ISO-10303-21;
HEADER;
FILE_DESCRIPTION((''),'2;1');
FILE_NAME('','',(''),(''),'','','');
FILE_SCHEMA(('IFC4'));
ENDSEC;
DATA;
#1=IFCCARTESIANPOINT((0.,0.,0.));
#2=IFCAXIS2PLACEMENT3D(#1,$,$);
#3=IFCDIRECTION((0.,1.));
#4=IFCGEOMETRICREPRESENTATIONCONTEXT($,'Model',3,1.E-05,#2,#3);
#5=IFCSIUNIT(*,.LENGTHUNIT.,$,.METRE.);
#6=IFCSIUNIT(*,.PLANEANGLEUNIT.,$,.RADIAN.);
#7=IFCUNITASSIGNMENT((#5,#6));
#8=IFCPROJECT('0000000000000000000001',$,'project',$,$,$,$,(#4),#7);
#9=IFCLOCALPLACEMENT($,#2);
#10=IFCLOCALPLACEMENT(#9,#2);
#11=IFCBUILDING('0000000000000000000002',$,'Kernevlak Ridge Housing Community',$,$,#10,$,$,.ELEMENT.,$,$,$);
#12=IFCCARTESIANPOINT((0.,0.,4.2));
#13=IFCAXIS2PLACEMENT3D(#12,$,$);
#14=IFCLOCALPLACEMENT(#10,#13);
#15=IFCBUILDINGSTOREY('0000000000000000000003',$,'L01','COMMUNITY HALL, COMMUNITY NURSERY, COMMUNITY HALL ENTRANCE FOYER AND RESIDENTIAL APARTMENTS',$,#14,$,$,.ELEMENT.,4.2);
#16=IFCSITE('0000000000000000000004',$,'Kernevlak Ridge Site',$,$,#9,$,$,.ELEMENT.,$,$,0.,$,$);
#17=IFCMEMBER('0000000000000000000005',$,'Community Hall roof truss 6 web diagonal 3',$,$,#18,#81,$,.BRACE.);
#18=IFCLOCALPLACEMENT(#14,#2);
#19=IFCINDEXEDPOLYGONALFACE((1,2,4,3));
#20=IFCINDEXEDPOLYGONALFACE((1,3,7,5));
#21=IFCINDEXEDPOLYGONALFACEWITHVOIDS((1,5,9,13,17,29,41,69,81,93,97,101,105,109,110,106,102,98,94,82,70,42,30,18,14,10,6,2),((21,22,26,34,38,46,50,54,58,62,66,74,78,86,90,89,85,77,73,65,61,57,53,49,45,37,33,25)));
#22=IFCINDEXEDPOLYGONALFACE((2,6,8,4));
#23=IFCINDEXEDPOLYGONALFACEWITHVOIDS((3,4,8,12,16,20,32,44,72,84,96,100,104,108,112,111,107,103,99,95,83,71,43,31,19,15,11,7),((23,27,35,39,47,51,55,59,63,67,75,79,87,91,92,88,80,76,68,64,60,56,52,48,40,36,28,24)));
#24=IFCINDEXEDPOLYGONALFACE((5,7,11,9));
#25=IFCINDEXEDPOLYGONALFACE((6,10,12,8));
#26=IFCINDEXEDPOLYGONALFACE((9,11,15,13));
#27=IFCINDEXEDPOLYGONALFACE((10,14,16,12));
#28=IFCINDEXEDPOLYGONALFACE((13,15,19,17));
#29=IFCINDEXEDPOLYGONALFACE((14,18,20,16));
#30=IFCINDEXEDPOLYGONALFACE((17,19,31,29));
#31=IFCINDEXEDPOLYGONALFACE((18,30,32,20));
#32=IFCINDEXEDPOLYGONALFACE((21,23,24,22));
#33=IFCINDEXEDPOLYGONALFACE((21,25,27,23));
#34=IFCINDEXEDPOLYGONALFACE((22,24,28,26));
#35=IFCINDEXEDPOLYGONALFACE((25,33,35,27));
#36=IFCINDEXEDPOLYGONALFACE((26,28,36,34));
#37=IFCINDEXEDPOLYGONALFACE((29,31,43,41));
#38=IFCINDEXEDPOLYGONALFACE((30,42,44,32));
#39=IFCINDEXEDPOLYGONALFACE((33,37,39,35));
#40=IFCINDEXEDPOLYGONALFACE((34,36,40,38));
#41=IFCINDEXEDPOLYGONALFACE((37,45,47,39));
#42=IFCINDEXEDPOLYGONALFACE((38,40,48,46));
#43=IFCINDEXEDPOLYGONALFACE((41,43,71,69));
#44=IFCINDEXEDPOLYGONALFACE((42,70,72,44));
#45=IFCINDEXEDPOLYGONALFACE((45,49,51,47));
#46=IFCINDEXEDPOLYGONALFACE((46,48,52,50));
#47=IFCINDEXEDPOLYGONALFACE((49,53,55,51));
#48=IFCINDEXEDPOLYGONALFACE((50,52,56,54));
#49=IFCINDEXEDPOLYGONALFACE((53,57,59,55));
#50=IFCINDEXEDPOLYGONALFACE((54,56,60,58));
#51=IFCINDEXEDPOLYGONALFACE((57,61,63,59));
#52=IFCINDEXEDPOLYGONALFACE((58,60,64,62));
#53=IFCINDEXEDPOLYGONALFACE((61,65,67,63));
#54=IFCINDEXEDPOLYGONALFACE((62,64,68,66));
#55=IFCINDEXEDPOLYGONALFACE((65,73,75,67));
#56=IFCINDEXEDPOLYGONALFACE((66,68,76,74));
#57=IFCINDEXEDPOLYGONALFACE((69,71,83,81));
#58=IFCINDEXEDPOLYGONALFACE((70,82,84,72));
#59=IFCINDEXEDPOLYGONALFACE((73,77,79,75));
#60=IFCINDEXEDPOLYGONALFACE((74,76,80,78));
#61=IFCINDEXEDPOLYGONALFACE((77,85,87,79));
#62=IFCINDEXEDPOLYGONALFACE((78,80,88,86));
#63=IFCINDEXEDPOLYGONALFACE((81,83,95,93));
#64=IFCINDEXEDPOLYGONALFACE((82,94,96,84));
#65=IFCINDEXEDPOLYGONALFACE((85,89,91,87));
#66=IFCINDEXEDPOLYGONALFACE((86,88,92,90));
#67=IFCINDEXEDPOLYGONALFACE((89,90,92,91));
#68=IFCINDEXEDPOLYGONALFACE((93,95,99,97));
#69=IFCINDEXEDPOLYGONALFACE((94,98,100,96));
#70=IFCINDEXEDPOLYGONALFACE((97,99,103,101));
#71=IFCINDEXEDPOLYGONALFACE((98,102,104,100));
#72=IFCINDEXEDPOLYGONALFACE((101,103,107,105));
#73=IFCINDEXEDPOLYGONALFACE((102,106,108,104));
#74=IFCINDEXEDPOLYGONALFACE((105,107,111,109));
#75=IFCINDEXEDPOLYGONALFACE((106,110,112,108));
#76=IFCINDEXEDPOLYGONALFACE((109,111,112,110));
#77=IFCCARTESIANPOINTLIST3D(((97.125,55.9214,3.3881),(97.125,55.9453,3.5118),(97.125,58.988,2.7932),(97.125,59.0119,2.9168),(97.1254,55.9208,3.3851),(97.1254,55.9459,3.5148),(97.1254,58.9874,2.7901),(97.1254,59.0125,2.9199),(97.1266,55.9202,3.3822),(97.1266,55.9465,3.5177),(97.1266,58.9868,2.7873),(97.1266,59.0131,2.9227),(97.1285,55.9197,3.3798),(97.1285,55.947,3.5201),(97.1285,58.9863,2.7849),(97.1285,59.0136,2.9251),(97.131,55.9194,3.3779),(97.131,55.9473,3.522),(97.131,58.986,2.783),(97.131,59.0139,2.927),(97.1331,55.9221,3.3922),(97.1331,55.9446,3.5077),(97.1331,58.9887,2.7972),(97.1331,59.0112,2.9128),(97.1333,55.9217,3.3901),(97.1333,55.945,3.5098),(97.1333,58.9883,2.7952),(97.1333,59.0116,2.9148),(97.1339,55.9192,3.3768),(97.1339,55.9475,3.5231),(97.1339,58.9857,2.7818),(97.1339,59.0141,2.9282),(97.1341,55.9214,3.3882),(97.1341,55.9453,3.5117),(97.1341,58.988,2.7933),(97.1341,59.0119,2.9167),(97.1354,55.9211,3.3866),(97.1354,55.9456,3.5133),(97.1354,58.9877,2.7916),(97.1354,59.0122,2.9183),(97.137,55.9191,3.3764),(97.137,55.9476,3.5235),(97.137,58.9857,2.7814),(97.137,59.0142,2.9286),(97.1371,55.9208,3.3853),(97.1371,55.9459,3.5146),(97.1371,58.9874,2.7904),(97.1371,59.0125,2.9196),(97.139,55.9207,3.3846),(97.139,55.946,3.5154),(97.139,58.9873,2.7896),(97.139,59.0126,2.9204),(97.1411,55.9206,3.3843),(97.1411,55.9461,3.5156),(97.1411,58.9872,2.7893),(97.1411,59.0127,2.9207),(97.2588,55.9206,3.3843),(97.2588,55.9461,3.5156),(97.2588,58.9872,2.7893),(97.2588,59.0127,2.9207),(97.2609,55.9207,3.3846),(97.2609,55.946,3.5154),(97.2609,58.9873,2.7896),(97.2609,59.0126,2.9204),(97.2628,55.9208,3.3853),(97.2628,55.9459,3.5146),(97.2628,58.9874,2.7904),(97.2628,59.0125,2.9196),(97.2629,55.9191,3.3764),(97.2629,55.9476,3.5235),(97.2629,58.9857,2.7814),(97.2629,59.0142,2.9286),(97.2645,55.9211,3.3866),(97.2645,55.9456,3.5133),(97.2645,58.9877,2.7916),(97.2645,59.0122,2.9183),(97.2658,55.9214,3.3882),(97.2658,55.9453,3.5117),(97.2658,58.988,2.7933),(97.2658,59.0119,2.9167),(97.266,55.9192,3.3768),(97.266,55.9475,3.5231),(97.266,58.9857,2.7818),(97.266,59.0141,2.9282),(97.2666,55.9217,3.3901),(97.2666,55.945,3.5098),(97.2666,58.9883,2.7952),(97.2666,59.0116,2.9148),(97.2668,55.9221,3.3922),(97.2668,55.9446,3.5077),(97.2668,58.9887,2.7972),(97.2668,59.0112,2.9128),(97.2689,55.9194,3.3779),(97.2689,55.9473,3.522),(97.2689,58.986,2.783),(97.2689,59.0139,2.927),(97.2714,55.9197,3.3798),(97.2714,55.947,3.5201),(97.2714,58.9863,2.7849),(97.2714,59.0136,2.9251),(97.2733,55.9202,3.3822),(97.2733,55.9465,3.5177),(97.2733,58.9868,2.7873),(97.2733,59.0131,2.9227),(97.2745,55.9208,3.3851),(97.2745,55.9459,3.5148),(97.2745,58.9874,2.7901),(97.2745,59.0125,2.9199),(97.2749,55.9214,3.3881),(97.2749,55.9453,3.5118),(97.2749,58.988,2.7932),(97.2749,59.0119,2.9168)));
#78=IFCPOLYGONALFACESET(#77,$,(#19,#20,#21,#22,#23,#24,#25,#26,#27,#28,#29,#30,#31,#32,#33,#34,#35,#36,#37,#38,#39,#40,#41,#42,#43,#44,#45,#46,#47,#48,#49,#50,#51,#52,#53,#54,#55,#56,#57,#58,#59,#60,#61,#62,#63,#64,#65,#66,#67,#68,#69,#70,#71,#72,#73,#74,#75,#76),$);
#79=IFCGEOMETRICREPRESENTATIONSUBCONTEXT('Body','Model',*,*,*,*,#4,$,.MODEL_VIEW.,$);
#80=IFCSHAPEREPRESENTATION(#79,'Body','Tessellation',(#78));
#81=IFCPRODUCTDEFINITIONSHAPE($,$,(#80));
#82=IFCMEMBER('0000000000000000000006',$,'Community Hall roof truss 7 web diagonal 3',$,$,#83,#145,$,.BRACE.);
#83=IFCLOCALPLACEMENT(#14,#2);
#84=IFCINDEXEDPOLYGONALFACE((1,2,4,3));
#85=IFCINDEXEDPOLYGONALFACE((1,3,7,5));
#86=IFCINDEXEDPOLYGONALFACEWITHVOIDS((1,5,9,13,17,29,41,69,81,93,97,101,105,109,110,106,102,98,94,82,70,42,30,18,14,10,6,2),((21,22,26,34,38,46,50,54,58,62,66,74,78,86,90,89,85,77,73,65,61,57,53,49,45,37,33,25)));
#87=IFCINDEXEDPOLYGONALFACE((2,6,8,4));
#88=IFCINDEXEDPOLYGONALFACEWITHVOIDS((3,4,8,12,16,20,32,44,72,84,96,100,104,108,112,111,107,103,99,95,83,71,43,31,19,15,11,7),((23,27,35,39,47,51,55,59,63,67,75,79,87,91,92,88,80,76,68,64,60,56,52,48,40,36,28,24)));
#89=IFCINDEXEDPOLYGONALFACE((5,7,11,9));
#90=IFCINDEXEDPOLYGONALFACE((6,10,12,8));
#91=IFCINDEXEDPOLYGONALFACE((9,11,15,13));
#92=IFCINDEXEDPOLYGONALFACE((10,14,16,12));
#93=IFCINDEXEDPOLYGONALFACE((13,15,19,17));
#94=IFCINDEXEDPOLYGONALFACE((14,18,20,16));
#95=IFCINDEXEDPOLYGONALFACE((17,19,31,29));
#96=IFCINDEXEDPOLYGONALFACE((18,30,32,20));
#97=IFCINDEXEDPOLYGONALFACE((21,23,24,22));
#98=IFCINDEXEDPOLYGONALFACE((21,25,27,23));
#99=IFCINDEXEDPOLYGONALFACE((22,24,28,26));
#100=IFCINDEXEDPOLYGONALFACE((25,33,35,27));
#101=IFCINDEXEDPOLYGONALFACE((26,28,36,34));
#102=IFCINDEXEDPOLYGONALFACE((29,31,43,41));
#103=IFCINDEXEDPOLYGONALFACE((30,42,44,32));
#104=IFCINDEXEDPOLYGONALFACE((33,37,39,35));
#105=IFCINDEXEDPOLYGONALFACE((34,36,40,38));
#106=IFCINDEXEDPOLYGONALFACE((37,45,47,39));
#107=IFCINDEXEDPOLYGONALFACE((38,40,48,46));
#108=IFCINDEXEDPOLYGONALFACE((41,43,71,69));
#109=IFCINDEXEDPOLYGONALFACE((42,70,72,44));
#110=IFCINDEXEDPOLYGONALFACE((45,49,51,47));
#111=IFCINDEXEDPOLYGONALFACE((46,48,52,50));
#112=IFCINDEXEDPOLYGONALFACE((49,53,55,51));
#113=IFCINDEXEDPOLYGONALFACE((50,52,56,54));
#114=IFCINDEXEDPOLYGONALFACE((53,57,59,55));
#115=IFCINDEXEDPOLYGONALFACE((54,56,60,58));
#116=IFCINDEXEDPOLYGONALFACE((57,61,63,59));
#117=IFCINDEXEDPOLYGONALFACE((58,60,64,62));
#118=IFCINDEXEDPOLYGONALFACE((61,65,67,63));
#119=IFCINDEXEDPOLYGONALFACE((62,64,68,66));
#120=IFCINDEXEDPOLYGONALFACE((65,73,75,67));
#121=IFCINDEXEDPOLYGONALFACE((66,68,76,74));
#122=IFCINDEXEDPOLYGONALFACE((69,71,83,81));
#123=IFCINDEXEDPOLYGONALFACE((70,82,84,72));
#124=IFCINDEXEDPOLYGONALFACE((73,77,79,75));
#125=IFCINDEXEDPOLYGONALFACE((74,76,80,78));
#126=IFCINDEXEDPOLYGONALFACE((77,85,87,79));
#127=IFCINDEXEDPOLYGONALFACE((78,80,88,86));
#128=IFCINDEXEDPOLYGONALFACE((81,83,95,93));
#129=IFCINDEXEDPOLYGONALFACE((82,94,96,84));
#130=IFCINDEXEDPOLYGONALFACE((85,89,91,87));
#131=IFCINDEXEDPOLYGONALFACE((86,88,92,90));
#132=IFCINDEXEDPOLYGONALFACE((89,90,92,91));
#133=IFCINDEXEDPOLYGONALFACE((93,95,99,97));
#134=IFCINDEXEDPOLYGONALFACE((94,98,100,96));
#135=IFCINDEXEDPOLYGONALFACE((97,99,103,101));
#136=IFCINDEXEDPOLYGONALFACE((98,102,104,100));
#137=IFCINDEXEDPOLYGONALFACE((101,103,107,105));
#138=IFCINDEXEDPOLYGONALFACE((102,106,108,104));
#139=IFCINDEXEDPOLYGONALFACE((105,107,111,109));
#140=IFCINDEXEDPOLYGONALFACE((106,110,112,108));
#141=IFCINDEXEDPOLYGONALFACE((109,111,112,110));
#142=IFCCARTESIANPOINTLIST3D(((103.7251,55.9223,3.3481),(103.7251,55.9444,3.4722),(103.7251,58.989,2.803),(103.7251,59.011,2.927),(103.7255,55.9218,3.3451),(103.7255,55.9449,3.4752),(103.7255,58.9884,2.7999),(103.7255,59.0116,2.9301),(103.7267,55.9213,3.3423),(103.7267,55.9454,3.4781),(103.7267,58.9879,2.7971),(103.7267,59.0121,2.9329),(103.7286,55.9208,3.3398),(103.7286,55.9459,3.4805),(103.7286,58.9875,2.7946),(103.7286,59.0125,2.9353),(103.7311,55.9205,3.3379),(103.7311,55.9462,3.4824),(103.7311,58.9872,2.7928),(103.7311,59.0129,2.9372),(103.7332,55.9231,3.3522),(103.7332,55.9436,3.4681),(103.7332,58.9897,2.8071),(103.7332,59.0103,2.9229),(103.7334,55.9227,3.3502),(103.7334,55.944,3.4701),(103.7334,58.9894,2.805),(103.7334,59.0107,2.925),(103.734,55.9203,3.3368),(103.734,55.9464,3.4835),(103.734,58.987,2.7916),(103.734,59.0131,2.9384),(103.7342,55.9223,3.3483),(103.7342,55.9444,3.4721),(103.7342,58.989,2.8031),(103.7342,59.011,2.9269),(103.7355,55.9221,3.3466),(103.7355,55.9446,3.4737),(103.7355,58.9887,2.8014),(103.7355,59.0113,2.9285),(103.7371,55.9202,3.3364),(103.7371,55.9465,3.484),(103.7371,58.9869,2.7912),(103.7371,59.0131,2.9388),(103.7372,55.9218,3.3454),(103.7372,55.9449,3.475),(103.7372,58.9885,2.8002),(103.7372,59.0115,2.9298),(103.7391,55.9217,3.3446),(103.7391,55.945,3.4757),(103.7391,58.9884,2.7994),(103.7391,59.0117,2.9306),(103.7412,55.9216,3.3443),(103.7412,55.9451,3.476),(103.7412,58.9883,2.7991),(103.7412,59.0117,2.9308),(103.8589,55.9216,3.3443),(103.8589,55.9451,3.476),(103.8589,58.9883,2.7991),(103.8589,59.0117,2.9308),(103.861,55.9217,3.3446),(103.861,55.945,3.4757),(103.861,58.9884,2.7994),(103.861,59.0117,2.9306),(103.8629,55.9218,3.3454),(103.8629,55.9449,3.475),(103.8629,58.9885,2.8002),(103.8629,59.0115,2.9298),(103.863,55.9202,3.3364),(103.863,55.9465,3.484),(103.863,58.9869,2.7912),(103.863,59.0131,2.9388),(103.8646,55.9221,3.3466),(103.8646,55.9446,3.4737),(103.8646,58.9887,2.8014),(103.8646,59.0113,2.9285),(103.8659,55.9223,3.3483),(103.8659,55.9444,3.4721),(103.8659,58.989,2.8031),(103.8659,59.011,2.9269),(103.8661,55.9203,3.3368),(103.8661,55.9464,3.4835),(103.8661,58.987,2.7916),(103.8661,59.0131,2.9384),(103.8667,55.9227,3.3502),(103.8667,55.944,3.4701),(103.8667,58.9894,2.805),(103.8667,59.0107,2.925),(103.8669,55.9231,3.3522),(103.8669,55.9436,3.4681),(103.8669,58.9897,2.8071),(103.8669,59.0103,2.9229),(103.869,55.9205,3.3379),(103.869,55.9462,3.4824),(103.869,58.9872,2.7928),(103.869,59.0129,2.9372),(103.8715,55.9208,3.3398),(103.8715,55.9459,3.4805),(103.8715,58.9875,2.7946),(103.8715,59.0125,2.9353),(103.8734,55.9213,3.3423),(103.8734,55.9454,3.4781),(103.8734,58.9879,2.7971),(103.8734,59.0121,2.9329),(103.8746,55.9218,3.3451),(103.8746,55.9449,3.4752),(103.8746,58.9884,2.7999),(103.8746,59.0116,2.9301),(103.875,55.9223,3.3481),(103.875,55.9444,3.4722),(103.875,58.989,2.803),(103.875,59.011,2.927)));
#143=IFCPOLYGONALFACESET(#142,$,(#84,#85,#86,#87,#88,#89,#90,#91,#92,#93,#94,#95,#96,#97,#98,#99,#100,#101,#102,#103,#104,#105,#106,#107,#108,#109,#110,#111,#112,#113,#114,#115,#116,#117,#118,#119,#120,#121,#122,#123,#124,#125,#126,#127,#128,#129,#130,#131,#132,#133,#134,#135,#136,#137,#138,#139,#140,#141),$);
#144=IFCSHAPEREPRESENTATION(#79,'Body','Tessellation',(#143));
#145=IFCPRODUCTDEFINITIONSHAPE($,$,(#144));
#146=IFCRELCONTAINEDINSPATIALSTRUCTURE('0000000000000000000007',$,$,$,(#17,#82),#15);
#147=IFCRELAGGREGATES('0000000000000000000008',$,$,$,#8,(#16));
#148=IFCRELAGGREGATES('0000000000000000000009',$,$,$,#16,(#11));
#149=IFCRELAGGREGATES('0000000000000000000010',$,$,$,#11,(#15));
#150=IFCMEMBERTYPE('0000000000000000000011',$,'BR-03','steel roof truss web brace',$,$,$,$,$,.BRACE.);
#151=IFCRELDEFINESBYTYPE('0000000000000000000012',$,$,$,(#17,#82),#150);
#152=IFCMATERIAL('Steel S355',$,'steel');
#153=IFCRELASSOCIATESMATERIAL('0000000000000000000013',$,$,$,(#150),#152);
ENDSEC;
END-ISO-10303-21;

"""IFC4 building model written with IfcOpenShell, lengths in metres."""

from ifc_helpers import new_model, si_unit, direction, frame, origin, origin_2d, place, context, subcontext, project, spatial, hollow_rectangle, extrude, material, material_profile, profile_set, type_object, element, save


model = new_model("IFC4")

# Units and contexts
model_context = context("Model", 3, precision=1e-05, world=origin(), true_north=direction((0.0, 1.0)))
body_context = subcontext(model_context, "Body", "Model", "MODEL_VIEW")
ifc_project = project(units=[si_unit("LENGTHUNIT", "METRE"), si_unit("PLANEANGLEUNIT", "RADIAN")], contexts=[model_context])

# Site, building, storey
site_placement = place(None, origin())
site = spatial("IfcSite", under=ifc_project, at=site_placement, Name="Kernevlak Ridge Site", CompositionType="ELEMENT", RefElevation=0.0)
building_placement = place(site_placement, origin())
building = spatial("IfcBuilding", under=site, at=building_placement, Name="Kernevlak Ridge Housing Community", CompositionType="ELEMENT")
storey_placement = place(building_placement, frame((0.0, 0.0, 4.2)))
storey = spatial("IfcBuildingStorey", under=building, at=storey_placement, Name="L01", Description="COMMUNITY HALL, COMMUNITY NURSERY, COMMUNITY HALL ENTRANCE FOYER AND RESIDENTIAL APARTMENTS", CompositionType="ELEMENT", Elevation=4.2)

# Members
ifc_material_1 = material(Name="Steel S355", Category="steel")
ifc_material_profile_1 = material_profile(ifc_material_1, hollow_rectangle(XDim=0.1499, YDim=0.1499, WallThickness=0.0081, InnerFilletRadius=0.0081, OuterFilletRadius=0.012, at=origin_2d()), Name="SHS 150x150x8")
ifc_profile_set_1 = profile_set([ifc_material_profile_1], Name="Steel S355")
member_type_1 = type_object("IfcMemberType", Name="BR-03", Description="steel roof truss web brace", PredefinedType="BRACE", material=ifc_profile_set_1)
member_1_placement = place(storey_placement, frame((97.2, 55.9333, 3.45), z_axis=(0.0, 0.981695, -0.190462), x_axis=(-1.0, 0.0, 0.0)))
element("IfcMember", 1, at=member_1_placement, inside=storey, type_object=member_type_1, Name="Community Hall roof truss 6 web diagonal 3", PredefinedType="BRACE", context=body_context, shape_type="SweptSolid", body=[
    extrude(hollow_rectangle(XDim=0.1499, YDim=0.1499, WallThickness=0.0081, InnerFilletRadius=0.0081, OuterFilletRadius=0.012, at=origin_2d()), origin(), (0.0, 0.0, 1.0), 3.1238),
])
member_2_placement = place(storey_placement, frame((103.8, 55.9333, 3.4102), z_axis=(0.0, 0.984563, -0.175028), x_axis=(-1.0, 0.0, 0.0)))
element("IfcMember", 2, at=member_2_placement, inside=storey, type_object=member_type_1, Name="Community Hall roof truss 7 web diagonal 3", PredefinedType="BRACE", context=body_context, shape_type="SweptSolid", body=[
    extrude(hollow_rectangle(XDim=0.1499, YDim=0.1499, WallThickness=0.0081, InnerFilletRadius=0.0081, OuterFilletRadius=0.012, at=origin_2d()), origin(), (0.0, 0.0, 1.0), 3.1147),
])

save(model, "model.ifc")
